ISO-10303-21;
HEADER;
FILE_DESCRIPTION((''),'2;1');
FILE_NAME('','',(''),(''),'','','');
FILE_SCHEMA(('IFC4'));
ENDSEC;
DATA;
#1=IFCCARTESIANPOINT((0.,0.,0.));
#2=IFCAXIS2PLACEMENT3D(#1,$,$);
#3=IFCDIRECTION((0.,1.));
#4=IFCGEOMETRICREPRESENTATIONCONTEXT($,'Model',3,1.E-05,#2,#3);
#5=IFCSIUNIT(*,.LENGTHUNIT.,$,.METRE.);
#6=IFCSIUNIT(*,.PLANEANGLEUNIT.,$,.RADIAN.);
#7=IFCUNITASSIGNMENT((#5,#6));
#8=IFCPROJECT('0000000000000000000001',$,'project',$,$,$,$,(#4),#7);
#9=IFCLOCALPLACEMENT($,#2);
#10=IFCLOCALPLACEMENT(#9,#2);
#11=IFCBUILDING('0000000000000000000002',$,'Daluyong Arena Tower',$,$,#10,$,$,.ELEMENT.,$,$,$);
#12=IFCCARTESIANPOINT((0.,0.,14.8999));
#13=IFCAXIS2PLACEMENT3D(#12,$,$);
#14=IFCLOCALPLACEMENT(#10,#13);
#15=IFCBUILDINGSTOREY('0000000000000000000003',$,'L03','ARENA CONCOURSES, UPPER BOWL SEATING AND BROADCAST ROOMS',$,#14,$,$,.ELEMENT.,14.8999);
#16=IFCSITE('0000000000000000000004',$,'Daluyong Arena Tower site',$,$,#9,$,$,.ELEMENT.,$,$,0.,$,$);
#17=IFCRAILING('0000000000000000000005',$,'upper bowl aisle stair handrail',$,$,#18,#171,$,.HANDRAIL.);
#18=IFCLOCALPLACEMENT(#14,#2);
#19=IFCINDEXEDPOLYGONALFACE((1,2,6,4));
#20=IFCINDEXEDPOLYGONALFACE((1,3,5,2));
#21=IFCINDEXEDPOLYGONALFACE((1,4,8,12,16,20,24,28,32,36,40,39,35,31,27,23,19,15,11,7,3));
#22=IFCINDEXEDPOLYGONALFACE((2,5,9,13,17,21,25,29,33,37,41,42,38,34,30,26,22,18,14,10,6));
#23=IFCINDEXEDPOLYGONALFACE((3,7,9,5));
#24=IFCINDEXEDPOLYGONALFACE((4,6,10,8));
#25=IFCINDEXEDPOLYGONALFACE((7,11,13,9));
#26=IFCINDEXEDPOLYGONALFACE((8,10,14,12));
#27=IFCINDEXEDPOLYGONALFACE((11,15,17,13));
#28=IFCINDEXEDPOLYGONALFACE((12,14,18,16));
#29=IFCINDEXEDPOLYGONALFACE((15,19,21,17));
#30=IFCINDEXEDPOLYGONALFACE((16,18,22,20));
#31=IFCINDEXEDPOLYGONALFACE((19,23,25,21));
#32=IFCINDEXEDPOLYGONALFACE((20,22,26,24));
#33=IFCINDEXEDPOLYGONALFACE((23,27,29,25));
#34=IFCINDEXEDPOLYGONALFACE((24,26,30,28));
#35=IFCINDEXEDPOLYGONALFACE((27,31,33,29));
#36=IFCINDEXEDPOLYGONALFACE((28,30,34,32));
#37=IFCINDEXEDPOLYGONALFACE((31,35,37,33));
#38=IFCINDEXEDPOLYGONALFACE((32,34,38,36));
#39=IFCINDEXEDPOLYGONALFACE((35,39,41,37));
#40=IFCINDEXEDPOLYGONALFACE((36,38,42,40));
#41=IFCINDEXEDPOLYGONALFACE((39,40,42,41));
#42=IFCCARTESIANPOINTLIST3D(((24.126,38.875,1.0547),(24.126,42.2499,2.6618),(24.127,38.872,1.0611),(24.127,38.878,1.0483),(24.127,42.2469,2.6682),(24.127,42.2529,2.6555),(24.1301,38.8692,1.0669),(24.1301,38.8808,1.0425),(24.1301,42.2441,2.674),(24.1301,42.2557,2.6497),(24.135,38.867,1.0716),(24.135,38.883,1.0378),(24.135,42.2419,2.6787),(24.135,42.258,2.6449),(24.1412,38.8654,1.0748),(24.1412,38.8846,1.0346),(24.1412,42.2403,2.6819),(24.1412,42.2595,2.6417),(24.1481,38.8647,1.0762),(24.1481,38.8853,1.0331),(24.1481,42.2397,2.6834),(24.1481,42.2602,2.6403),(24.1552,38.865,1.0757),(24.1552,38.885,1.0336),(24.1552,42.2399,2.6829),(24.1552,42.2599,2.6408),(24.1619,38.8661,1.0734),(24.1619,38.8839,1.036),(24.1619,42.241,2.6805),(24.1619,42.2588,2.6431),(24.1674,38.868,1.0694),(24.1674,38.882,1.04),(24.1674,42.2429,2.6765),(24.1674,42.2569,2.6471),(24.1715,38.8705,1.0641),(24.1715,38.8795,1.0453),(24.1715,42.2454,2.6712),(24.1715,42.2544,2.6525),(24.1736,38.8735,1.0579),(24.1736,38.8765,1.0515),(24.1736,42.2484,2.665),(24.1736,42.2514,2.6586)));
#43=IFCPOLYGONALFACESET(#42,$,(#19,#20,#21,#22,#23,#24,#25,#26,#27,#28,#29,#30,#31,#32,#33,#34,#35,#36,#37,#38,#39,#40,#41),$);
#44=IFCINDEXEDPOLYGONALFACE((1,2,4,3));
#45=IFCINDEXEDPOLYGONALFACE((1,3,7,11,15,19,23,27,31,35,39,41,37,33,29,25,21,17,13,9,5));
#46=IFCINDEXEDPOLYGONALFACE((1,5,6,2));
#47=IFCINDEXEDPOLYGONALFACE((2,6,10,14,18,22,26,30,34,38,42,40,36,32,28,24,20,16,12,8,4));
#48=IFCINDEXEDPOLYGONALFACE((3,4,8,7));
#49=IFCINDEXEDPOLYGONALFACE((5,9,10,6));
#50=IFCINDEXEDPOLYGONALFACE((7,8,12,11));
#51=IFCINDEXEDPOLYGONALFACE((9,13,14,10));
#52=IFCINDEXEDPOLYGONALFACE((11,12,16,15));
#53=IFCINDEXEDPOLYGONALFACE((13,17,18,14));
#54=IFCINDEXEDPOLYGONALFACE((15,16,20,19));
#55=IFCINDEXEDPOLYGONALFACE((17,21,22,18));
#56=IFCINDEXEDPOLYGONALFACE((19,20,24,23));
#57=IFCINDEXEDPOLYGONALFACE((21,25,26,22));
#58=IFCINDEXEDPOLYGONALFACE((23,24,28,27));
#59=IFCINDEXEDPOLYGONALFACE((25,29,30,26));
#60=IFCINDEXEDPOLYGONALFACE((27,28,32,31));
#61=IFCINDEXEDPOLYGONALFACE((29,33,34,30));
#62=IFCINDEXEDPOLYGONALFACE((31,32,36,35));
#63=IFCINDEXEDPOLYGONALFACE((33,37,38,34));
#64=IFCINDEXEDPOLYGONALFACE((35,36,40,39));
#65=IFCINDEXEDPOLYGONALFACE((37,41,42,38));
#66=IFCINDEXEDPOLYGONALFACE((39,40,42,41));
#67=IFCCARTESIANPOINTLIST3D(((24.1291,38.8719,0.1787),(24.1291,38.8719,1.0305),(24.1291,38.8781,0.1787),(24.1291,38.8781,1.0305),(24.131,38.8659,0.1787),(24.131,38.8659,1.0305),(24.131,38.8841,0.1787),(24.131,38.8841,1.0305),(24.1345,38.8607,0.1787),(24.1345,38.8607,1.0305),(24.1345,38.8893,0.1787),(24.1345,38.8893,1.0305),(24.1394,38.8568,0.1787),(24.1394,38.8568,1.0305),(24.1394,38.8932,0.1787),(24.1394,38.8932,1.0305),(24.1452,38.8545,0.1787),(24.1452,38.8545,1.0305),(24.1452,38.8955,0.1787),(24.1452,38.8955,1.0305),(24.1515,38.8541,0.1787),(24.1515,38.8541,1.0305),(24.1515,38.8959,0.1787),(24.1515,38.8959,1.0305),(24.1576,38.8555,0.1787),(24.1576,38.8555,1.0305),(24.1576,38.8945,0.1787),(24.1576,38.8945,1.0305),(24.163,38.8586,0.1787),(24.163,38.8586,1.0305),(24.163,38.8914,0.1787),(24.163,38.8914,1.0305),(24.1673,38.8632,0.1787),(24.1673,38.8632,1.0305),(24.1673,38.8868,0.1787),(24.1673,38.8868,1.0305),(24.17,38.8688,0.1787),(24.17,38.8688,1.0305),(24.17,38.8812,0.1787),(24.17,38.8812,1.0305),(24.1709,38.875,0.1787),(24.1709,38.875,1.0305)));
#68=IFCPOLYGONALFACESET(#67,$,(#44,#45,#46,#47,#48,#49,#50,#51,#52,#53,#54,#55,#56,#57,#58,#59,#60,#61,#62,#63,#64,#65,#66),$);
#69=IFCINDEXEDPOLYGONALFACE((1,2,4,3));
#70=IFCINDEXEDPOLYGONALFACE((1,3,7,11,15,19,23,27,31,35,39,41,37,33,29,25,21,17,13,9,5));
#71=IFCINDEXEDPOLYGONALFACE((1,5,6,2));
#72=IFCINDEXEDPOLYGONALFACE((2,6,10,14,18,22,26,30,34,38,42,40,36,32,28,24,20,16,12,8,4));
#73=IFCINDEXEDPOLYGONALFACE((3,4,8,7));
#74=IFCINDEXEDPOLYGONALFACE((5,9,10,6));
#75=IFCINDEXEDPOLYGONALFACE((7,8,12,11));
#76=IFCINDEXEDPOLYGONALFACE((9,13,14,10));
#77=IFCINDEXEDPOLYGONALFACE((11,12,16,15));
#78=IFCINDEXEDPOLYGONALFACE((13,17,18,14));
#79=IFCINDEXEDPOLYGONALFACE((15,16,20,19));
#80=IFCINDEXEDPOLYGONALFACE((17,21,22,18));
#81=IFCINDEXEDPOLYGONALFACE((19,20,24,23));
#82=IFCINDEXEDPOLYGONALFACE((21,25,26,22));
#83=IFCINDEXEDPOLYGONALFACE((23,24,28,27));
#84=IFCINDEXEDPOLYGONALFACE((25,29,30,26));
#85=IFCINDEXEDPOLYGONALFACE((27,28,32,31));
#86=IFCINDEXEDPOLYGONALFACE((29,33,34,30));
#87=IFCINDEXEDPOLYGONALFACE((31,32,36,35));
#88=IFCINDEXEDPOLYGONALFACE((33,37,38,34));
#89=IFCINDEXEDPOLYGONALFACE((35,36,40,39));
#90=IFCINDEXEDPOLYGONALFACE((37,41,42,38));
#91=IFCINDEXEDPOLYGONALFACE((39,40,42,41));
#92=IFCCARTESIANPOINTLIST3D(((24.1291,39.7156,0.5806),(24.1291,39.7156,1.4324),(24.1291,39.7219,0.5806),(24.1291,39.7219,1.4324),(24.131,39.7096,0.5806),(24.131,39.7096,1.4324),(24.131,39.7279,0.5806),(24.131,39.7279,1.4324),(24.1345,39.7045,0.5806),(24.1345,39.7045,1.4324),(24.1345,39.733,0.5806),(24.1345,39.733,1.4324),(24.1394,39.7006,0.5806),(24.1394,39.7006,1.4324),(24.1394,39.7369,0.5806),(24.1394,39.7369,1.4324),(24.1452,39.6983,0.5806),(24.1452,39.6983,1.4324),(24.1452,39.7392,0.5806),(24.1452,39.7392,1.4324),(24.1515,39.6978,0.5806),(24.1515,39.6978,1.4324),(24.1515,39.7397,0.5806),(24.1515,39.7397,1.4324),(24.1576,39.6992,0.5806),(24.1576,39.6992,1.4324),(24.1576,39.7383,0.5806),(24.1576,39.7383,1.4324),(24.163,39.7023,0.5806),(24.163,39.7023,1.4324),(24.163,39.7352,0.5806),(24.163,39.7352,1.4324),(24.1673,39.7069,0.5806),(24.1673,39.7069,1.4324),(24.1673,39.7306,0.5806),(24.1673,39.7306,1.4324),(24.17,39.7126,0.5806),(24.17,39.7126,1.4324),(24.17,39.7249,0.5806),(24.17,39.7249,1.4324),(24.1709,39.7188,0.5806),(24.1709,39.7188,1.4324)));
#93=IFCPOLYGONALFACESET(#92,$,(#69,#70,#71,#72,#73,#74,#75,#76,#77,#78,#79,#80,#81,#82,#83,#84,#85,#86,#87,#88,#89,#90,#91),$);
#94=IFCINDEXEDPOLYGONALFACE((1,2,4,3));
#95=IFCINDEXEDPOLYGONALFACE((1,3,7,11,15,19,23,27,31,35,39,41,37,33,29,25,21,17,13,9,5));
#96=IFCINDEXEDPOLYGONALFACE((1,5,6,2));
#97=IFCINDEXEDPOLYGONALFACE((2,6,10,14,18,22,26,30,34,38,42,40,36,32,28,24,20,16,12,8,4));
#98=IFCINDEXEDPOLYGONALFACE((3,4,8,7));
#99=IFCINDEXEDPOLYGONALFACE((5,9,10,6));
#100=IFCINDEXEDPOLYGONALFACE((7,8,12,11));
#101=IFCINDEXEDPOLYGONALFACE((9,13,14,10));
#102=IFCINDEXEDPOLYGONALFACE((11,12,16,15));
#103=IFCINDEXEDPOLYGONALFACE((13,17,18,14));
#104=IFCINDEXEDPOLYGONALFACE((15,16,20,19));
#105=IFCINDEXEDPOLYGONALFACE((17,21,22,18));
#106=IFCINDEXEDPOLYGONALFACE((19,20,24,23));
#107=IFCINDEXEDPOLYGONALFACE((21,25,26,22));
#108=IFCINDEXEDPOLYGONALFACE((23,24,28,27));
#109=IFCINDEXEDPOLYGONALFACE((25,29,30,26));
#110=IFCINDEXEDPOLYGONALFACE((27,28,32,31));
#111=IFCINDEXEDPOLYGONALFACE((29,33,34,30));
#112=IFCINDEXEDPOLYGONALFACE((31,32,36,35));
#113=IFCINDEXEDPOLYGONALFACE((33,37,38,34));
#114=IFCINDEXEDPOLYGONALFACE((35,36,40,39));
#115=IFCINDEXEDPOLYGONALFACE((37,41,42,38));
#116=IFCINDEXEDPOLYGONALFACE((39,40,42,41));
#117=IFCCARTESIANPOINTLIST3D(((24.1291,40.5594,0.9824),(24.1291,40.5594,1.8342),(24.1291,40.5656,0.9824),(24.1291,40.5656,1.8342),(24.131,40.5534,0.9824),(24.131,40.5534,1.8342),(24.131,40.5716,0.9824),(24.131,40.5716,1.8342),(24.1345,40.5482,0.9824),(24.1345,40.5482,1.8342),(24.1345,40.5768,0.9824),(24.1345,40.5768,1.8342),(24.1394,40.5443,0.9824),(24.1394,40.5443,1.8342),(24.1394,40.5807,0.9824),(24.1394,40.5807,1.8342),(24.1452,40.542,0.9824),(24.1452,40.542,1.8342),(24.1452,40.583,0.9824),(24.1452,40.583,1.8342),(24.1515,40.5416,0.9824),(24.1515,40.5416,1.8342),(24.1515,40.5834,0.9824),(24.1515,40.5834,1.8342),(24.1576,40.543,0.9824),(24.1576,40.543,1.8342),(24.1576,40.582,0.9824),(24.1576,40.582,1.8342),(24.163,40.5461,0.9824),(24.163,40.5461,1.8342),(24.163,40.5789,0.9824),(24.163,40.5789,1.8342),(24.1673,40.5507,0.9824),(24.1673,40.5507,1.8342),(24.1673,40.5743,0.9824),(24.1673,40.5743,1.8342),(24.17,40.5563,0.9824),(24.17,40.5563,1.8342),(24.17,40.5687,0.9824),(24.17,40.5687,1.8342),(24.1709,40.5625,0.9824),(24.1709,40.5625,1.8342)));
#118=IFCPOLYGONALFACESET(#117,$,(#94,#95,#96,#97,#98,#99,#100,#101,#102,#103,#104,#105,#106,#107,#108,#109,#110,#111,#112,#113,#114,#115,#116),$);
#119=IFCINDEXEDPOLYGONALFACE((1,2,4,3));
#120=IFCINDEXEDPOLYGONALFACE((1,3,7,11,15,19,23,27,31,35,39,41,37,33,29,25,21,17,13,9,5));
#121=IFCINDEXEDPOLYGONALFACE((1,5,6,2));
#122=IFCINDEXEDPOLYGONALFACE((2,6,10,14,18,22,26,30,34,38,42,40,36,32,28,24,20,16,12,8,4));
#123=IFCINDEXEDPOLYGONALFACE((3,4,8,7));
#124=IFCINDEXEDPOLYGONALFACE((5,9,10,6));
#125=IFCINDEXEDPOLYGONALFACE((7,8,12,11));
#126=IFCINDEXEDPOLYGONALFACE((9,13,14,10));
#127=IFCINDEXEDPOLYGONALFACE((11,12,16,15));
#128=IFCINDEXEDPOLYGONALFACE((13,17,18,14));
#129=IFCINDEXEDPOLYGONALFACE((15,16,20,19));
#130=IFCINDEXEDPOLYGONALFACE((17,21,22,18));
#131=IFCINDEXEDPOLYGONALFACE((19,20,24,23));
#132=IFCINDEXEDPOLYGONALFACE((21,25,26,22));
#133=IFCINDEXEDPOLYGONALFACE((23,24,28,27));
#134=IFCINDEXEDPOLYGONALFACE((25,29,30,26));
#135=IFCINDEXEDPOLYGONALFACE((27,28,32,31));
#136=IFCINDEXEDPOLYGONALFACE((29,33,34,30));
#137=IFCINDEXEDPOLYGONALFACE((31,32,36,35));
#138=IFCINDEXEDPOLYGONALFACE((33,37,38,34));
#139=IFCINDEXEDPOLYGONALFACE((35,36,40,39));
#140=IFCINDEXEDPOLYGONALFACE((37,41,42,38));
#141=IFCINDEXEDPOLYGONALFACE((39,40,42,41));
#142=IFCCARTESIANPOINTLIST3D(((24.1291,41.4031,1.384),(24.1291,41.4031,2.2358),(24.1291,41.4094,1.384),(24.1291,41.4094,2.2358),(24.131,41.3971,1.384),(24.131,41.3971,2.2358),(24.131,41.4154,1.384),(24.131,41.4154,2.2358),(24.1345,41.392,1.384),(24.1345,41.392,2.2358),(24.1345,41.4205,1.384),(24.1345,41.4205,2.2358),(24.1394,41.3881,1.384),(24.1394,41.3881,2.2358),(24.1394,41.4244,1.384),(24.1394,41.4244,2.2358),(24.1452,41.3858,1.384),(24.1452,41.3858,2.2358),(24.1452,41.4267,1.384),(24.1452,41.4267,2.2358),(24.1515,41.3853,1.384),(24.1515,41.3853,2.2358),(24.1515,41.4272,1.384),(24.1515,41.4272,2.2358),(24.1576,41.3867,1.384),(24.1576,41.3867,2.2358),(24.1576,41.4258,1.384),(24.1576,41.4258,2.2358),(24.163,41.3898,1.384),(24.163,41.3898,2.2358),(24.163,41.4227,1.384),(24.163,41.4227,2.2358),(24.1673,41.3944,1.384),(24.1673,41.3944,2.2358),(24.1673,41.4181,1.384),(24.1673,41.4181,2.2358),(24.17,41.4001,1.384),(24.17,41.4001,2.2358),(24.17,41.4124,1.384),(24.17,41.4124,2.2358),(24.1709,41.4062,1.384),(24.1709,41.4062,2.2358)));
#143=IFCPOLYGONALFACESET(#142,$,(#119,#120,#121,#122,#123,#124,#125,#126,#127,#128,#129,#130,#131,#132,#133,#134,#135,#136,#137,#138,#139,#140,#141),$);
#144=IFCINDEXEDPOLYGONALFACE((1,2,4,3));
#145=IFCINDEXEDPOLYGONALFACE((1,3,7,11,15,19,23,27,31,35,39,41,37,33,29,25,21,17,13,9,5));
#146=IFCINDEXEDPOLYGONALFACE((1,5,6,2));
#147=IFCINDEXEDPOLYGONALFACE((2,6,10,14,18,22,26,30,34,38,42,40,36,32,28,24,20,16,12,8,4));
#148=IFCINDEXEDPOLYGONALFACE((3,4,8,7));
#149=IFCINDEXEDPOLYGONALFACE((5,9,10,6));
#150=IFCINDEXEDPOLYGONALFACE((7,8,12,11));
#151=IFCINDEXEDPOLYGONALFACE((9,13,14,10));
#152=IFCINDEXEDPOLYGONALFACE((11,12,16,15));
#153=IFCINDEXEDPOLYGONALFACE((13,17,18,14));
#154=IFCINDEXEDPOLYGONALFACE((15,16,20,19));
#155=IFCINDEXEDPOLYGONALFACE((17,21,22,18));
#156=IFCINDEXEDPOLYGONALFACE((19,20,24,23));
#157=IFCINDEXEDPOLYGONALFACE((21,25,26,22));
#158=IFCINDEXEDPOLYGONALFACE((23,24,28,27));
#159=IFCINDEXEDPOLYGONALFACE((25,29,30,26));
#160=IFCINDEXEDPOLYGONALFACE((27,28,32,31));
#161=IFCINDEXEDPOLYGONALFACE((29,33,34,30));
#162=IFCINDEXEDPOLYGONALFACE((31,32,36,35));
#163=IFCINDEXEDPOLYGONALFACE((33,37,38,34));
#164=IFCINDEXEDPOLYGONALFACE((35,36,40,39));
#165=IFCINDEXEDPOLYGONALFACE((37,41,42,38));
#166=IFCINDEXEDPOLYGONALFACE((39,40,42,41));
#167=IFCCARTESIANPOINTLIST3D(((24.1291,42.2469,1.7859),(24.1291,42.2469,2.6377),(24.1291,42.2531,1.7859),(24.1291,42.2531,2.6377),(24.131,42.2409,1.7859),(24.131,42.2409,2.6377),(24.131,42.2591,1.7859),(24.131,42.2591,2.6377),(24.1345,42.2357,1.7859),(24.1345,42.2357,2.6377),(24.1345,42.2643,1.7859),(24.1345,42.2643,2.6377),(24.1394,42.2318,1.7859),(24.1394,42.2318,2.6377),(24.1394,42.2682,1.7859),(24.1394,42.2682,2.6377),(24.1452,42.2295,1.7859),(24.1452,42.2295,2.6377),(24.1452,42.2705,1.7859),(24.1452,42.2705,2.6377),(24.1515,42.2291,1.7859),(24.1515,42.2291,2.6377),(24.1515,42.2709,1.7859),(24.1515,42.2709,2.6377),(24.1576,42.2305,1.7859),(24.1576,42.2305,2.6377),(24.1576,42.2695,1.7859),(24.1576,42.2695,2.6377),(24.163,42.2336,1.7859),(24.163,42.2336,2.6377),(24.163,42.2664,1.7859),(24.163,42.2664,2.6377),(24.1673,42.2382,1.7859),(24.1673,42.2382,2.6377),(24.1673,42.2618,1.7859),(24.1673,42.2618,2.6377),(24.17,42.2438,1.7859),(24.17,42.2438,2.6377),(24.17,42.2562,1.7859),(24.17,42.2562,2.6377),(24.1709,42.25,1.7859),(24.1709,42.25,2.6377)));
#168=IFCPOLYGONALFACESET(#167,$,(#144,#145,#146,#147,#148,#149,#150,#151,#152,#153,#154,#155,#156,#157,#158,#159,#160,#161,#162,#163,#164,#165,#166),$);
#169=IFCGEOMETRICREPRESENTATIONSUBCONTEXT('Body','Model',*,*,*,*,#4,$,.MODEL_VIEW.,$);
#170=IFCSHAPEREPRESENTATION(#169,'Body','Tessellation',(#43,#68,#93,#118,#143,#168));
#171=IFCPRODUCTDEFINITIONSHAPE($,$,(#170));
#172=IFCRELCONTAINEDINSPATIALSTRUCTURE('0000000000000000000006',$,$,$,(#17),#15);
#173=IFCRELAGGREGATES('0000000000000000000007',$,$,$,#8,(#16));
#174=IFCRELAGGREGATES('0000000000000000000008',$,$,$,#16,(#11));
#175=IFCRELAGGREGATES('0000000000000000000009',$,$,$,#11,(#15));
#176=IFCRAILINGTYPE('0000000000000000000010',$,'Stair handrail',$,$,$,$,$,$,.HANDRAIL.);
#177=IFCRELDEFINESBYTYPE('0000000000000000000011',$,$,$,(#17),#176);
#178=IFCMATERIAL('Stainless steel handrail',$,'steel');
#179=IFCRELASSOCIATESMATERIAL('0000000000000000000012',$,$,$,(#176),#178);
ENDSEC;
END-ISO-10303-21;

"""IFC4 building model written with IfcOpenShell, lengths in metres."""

from ifc_helpers import new_model, si_unit, direction, frame, origin, origin_2d, place, context, subcontext, project, spatial, circle, extrude, material, type_object, element, save


model = new_model("IFC4")

# Units and contexts
model_context = context("Model", 3, precision=1e-05, world=origin(), true_north=direction((0.0, 1.0)))
body_context = subcontext(model_context, "Body", "Model", "MODEL_VIEW")
ifc_project = project(units=[si_unit("LENGTHUNIT", "METRE"), si_unit("PLANEANGLEUNIT", "RADIAN")], contexts=[model_context])

# Site, building, storey
site_placement = place(None, origin())
site = spatial("IfcSite", under=ifc_project, at=site_placement, Name="Daluyong Arena Tower site", CompositionType="ELEMENT", RefElevation=0.0)
building_placement = place(site_placement, origin())
building = spatial("IfcBuilding", under=site, at=building_placement, Name="Daluyong Arena Tower", CompositionType="ELEMENT")
storey_placement = place(building_placement, frame((0.0, 0.0, 14.8999)))
storey = spatial("IfcBuildingStorey", under=building, at=storey_placement, Name="L03", Description="ARENA CONCOURSES, UPPER BOWL SEATING AND BROADCAST ROOMS", CompositionType="ELEMENT", Elevation=14.8999)

# Railing
ifc_material_1 = material(Name="Stainless steel handrail", Category="steel")
railing_type_1 = type_object("IfcRailingType", Name="Stair handrail", PredefinedType="HANDRAIL", material=ifc_material_1)
railing_1_placement = place(storey_placement, frame((24.1499, 38.875, 0.1787)))
element("IfcRailing", 1, at=railing_1_placement, inside=storey, type_object=railing_type_1, Name="upper bowl aisle stair handrail", PredefinedType="HANDRAIL", context=body_context, shape_type="SweptSolid", body=[
    extrude(circle(Radius=0.0239, at=origin_2d()), frame((0.0, 0.0, 0.876), z_axis=(0.0, 0.902857, 0.429941), x_axis=(-1.0, 0.0, 0.0)), (0.0, 0.0, 1.0), 3.738),
    extrude(circle(Radius=0.021, at=origin_2d()), origin(), (0.0, 0.0, 1.0), 0.8518),
    extrude(circle(Radius=0.021, at=origin_2d()), frame((0.0, 0.8438, 0.4019)), (0.0, 0.0, 1.0), 0.8518),
    extrude(circle(Radius=0.021, at=origin_2d()), frame((0.0, 1.6875, 0.8037)), (0.0, 0.0, 1.0), 0.8518),
    extrude(circle(Radius=0.021, at=origin_2d()), frame((0.0, 2.5312, 1.2053)), (0.0, 0.0, 1.0), 0.8518),
    extrude(circle(Radius=0.021, at=origin_2d()), frame((0.0, 3.375, 1.6072)), (0.0, 0.0, 1.0), 0.8518),
])

save(model, "model.ifc")
